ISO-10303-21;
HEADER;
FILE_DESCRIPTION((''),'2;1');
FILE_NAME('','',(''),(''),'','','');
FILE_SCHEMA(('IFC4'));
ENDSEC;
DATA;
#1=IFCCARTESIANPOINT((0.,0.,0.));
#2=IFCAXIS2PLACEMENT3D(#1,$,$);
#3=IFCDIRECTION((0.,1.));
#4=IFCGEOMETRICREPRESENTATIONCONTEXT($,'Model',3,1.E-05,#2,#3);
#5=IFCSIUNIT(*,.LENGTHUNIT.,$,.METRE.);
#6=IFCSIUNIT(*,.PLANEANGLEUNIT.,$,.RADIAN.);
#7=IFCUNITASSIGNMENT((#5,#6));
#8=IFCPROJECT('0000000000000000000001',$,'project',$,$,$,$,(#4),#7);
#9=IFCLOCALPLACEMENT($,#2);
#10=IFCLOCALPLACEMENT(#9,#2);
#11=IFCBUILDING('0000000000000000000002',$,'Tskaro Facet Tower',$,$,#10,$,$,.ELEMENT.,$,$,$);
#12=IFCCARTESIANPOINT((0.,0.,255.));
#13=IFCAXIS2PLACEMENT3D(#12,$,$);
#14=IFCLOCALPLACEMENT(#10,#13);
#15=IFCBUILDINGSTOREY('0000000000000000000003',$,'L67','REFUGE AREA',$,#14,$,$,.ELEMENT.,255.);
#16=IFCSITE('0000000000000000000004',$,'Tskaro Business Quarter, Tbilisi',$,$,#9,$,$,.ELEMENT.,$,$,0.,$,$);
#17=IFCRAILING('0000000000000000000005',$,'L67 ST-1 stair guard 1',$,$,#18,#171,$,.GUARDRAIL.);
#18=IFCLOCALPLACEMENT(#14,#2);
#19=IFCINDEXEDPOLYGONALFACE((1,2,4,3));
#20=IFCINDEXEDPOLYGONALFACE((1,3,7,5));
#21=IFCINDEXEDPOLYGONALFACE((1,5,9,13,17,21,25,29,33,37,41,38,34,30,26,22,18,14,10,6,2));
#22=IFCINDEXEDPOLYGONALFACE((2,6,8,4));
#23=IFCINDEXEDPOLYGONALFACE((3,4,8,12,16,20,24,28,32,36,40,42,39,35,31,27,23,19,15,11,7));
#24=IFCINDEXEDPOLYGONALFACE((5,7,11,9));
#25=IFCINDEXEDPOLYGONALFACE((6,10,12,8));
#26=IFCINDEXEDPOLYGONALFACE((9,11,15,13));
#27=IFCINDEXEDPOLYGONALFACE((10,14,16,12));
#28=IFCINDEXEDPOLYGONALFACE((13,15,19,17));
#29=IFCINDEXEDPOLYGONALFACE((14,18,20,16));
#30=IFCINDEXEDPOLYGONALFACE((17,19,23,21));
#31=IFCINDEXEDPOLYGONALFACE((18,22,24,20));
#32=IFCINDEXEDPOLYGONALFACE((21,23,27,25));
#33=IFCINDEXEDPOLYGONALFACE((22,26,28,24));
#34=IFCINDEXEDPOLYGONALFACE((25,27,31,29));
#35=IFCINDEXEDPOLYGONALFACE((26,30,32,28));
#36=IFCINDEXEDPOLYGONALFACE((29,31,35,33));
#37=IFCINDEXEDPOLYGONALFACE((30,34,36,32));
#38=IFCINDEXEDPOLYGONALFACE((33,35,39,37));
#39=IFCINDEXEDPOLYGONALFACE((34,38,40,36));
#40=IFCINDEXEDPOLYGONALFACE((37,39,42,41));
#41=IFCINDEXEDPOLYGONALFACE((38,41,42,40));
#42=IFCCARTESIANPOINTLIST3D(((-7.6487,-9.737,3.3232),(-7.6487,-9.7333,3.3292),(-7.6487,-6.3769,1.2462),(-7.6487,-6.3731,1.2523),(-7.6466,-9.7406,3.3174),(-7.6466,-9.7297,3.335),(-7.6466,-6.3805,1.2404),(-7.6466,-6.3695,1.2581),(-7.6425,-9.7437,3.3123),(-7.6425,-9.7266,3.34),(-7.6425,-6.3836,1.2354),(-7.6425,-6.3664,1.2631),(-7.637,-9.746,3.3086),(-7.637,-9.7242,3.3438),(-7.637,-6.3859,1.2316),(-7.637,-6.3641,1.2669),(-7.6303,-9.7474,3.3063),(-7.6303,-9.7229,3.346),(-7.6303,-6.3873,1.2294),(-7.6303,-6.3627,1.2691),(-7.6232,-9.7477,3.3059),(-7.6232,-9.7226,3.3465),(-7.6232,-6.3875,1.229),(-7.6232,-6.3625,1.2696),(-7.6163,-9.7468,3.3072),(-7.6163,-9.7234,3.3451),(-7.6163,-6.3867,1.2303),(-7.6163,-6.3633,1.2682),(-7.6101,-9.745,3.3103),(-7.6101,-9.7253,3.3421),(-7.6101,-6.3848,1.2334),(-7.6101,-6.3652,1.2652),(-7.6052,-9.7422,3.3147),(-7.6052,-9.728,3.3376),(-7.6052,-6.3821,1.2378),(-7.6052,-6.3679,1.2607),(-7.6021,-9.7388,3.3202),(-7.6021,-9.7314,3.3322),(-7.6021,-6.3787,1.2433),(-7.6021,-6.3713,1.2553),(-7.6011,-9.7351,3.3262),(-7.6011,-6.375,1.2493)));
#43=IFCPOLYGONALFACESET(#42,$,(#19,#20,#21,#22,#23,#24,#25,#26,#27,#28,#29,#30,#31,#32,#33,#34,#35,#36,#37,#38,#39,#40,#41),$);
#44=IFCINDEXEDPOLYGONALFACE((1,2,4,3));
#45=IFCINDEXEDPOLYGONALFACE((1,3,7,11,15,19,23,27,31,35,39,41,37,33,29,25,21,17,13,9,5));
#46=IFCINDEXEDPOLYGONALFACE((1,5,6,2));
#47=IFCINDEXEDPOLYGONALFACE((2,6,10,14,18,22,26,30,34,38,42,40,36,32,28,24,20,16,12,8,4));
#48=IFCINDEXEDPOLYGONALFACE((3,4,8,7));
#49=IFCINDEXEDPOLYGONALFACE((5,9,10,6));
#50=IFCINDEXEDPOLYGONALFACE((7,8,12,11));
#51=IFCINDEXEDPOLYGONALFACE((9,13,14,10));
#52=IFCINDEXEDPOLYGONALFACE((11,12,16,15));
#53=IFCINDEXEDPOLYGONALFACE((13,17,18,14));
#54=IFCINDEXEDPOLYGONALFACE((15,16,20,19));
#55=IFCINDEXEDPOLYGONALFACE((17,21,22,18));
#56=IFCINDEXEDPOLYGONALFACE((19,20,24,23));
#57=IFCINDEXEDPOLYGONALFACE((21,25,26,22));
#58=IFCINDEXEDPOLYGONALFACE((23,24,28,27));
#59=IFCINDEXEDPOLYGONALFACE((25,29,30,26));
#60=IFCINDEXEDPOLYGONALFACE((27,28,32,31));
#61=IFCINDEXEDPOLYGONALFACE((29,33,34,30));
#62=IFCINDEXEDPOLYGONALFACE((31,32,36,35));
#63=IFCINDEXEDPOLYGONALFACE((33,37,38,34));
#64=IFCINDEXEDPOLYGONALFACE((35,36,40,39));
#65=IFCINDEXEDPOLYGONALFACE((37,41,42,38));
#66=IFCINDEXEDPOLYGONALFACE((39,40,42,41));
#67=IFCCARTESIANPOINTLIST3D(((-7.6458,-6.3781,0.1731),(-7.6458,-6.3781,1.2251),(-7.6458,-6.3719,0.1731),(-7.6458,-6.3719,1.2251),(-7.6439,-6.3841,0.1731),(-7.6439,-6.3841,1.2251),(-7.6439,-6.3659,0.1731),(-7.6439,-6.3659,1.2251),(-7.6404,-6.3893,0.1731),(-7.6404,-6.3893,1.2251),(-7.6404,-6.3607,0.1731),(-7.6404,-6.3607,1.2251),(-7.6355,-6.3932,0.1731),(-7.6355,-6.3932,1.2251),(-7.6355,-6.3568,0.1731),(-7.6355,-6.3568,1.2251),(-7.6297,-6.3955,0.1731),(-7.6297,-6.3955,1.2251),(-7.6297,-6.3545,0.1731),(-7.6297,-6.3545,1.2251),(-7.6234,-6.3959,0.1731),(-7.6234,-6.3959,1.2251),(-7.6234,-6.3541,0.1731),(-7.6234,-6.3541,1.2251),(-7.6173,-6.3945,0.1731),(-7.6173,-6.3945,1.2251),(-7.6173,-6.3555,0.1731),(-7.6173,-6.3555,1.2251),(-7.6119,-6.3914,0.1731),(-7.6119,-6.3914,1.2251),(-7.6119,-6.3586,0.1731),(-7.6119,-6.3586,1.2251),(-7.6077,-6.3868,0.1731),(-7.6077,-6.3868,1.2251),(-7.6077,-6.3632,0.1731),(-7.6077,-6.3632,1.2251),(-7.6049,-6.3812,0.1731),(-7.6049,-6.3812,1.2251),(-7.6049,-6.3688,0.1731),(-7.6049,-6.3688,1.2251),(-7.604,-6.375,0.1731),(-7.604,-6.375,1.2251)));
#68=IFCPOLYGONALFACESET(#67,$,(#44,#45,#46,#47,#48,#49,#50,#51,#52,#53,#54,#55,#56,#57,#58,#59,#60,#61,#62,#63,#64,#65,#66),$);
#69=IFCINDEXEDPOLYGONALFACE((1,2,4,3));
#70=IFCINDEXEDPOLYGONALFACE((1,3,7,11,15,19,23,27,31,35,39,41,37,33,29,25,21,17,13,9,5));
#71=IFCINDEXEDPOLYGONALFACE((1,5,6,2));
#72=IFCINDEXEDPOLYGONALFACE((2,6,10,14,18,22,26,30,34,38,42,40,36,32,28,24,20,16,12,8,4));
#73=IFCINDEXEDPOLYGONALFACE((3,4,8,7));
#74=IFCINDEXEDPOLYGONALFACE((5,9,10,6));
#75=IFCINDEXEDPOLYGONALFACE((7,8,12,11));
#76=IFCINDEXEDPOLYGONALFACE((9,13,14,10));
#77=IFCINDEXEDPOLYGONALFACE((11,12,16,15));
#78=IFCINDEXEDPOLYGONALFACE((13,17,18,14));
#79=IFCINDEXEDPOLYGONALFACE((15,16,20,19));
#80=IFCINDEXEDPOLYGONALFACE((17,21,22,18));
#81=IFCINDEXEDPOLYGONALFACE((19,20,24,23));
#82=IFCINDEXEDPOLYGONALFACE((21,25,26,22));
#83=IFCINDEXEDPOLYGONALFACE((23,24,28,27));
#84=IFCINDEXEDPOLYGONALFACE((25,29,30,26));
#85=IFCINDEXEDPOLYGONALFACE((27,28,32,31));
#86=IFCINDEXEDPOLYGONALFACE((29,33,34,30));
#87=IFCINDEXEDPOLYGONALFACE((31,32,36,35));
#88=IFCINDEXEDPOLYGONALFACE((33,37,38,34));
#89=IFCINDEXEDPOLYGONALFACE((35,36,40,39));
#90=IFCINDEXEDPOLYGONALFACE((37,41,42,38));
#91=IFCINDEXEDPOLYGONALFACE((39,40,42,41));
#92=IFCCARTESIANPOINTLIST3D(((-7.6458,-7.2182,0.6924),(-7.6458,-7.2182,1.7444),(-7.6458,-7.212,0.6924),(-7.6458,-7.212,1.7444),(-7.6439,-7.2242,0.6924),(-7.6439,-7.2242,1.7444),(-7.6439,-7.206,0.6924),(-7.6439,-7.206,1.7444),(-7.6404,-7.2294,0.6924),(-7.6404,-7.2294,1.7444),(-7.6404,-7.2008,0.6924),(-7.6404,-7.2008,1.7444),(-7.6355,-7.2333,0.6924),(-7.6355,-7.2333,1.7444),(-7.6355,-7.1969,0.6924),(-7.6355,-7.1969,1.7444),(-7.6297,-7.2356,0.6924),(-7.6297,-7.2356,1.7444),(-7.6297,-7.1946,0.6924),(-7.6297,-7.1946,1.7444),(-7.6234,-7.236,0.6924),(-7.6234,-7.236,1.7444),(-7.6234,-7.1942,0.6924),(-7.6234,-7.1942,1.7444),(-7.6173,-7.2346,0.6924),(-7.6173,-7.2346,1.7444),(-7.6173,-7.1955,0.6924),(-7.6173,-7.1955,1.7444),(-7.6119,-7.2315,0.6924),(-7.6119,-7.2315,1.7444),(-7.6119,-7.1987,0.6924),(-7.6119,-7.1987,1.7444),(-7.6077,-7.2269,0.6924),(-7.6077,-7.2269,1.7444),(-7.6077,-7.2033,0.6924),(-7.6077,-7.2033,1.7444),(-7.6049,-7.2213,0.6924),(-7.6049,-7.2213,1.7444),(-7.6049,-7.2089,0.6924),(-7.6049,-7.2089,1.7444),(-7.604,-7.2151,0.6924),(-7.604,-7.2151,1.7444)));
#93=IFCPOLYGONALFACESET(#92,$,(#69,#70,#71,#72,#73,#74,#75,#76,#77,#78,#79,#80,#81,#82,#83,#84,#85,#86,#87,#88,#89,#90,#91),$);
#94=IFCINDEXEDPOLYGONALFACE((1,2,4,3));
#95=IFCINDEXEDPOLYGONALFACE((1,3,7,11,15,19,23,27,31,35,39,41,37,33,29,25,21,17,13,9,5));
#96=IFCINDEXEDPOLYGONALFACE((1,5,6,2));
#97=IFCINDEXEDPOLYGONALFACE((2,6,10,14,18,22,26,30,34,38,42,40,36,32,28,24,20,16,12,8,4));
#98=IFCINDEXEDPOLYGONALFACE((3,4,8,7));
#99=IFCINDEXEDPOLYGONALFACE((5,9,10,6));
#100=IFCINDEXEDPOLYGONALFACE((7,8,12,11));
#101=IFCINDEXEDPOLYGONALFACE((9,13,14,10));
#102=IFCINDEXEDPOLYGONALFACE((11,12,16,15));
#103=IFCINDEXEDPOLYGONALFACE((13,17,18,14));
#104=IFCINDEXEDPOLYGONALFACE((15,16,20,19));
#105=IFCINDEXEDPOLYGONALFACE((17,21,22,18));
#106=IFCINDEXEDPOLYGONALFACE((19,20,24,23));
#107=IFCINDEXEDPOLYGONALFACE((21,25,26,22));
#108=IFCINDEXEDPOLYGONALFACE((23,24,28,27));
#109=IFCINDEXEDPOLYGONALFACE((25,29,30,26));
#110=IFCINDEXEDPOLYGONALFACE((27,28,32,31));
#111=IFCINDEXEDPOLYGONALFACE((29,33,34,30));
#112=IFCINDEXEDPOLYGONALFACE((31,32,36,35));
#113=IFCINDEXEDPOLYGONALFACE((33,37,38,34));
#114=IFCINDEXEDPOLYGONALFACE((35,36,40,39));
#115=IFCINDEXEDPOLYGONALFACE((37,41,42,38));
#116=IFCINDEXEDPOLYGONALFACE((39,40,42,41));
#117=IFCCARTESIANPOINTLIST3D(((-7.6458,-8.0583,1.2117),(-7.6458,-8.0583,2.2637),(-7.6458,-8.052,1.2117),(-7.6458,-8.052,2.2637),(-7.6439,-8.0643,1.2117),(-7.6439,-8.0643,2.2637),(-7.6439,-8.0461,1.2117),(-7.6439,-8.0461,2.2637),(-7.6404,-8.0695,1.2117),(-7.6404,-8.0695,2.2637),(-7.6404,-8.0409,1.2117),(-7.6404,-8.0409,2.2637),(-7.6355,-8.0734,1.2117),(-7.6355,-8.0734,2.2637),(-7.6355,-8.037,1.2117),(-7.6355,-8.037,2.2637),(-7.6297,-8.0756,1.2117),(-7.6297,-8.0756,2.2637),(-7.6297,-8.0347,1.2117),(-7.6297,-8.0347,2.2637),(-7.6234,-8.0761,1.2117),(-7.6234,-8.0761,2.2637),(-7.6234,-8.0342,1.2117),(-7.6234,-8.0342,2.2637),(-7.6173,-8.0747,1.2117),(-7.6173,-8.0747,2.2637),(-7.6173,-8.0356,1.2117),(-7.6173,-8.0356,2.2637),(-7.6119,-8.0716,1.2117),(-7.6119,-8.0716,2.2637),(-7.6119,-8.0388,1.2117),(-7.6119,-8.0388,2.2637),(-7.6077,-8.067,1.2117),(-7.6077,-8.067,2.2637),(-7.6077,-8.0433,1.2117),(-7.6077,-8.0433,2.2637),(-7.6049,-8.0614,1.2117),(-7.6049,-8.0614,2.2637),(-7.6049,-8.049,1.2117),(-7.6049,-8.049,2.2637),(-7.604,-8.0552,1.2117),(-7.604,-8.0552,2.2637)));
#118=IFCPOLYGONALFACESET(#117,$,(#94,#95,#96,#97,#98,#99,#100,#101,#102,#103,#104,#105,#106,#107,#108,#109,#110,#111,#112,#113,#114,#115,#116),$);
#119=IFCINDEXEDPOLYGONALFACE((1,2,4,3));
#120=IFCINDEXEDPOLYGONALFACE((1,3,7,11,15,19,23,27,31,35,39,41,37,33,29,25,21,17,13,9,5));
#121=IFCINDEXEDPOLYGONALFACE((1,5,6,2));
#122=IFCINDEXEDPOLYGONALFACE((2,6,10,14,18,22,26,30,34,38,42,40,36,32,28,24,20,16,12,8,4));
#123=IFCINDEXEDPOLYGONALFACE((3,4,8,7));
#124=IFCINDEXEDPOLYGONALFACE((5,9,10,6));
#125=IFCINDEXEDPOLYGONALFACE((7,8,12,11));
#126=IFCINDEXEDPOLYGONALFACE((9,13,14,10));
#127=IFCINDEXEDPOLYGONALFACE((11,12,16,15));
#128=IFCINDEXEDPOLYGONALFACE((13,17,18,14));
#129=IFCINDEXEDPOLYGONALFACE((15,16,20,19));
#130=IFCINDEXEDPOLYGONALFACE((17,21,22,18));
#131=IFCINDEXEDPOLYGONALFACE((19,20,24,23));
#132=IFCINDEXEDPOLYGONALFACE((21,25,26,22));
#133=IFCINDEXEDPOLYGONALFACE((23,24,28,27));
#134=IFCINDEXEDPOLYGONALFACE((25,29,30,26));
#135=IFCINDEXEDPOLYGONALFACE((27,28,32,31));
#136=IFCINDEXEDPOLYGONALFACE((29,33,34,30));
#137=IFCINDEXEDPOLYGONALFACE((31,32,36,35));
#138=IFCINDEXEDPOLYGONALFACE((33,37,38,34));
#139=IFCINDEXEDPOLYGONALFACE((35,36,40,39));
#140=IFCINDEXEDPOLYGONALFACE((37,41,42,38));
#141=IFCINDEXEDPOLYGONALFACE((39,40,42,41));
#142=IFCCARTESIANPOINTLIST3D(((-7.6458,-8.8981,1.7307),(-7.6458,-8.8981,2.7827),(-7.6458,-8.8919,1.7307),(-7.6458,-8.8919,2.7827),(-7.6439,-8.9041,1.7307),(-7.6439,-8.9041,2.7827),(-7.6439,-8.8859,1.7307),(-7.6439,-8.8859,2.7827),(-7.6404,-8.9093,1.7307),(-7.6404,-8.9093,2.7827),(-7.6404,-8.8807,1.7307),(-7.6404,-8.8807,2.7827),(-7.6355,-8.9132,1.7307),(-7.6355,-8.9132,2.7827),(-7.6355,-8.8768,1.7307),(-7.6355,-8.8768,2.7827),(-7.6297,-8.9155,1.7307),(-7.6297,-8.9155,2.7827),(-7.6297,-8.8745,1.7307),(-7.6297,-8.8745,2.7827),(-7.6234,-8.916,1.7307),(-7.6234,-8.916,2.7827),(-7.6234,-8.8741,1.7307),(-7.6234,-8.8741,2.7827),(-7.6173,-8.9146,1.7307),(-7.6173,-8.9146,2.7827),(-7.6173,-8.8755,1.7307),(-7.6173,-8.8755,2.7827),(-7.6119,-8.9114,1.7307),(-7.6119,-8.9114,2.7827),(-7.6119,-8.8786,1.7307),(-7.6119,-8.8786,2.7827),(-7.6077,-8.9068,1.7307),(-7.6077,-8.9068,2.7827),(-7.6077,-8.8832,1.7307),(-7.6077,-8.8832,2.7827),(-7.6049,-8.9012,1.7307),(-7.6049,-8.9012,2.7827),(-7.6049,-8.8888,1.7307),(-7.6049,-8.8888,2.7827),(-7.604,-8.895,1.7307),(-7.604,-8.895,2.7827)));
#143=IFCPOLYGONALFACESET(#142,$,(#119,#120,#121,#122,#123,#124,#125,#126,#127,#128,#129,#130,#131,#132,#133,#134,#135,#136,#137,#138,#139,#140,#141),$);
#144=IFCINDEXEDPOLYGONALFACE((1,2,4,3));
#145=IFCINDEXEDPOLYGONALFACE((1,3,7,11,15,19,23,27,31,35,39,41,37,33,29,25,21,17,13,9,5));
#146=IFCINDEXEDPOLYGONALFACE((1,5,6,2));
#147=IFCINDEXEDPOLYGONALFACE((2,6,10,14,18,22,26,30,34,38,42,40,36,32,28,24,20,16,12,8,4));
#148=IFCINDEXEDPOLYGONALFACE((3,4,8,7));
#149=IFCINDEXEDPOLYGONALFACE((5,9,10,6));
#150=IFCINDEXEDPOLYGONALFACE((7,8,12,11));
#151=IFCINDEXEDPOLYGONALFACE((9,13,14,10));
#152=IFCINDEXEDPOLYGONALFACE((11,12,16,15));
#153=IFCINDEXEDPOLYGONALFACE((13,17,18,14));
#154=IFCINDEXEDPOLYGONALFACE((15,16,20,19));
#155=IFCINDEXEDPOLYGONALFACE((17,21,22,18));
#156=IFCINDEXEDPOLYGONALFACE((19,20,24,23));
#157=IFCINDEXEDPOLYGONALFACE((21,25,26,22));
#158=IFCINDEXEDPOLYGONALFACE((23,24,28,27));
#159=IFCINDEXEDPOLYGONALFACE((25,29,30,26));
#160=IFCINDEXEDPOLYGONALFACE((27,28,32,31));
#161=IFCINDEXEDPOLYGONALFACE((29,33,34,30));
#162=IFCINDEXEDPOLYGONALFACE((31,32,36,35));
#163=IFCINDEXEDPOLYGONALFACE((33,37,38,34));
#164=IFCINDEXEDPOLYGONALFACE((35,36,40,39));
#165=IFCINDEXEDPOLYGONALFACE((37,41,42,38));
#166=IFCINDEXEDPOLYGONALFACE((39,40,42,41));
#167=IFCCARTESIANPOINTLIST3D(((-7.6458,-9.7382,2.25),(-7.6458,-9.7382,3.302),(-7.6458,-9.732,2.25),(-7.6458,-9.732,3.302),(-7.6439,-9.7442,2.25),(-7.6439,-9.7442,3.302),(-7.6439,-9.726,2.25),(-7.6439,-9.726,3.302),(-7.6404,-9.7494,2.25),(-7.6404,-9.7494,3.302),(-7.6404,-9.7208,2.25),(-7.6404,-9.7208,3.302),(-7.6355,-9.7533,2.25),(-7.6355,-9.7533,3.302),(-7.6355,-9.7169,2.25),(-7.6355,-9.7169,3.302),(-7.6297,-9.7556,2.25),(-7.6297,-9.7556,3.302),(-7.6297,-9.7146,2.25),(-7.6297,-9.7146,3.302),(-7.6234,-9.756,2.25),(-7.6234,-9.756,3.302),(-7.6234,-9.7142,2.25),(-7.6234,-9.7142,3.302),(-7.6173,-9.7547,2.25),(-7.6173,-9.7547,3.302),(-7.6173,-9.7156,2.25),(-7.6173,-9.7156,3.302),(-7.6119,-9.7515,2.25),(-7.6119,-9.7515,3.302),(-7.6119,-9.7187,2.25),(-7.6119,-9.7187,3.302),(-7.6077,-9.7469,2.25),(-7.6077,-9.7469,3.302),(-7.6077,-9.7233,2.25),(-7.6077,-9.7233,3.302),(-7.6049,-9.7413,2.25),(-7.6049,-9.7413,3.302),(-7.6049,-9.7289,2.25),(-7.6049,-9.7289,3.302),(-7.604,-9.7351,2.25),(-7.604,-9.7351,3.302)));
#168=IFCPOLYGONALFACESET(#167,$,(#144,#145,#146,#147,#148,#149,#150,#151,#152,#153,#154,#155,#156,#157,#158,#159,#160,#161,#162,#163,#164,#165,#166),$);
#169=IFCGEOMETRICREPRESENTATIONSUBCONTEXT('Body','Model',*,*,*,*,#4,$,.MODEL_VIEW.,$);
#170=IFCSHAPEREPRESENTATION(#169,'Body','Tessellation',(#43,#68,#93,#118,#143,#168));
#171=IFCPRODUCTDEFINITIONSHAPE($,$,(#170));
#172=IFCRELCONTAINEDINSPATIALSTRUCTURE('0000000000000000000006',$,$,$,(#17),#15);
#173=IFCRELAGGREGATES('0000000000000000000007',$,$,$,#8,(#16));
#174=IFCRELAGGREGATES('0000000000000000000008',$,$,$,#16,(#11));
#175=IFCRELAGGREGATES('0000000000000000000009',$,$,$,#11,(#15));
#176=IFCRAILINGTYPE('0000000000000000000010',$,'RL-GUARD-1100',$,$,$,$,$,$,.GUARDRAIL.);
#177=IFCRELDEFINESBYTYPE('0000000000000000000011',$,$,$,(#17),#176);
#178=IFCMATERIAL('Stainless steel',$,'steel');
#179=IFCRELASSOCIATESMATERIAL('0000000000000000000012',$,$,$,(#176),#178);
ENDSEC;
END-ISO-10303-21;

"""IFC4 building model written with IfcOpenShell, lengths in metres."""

from ifc_helpers import new_model, si_unit, direction, frame, origin, origin_2d, place, context, subcontext, project, spatial, circle, extrude, material, type_object, element, save


model = new_model("IFC4")

# Units and contexts
model_context = context("Model", 3, precision=1e-05, world=origin(), true_north=direction((0.0, 1.0)))
body_context = subcontext(model_context, "Body", "Model", "MODEL_VIEW")
ifc_project = project(units=[si_unit("LENGTHUNIT", "METRE"), si_unit("PLANEANGLEUNIT", "RADIAN")], contexts=[model_context])

# Site, building, storey
site_placement = place(None, origin())
site = spatial("IfcSite", under=ifc_project, at=site_placement, Name="Tskaro Business Quarter, Tbilisi", CompositionType="ELEMENT", RefElevation=0.0)
building_placement = place(site_placement, origin())
building = spatial("IfcBuilding", under=site, at=building_placement, Name="Tskaro Facet Tower", CompositionType="ELEMENT")
storey_placement = place(building_placement, frame((0.0, 0.0, 255.0)))
storey = spatial("IfcBuildingStorey", under=building, at=storey_placement, Name="L67", Description="REFUGE AREA", CompositionType="ELEMENT", Elevation=255.0)

# Shared definitions
ifc_material_1 = material(Name="Stainless steel", Category="steel")

# Railing
railing_type_1 = type_object("IfcRailingType", Name="RL-GUARD-1100", PredefinedType="GUARDRAIL", material=ifc_material_1)
railing_1_placement = place(storey_placement, frame((-7.625, -6.375, 0.1731)))
element("IfcRailing", 1, at=railing_1_placement, inside=storey, type_object=railing_type_1, Name="L67 ST-1 stair guard 1", PredefinedType="GUARDRAIL", context=body_context, shape_type="SweptSolid", body=[
    extrude(circle(Radius=0.0239, at=origin_2d()), frame((0.0, 0.0, 1.0762), z_axis=(0.0, -0.850623, 0.525776), x_axis=(1.0, 0.0, 0.0)), (0.0, 0.0, 1.0), 3.9502),
    extrude(circle(Radius=0.021, at=origin_2d()), origin(), (0.0, 0.0, 1.0), 1.052),
    extrude(circle(Radius=0.021, at=origin_2d()), frame((0.0, -0.8401, 0.5193)), (0.0, 0.0, 1.0), 1.052),
    extrude(circle(Radius=0.021, at=origin_2d()), frame((0.0, -1.6802, 1.0386)), (0.0, 0.0, 1.0), 1.052),
    extrude(circle(Radius=0.021, at=origin_2d()), frame((0.0, -2.52, 1.5576)), (0.0, 0.0, 1.0), 1.052),
    extrude(circle(Radius=0.021, at=origin_2d()), frame((0.0, -3.3601, 2.0769)), (0.0, 0.0, 1.0), 1.052),
])

save(model, "model.ifc")
